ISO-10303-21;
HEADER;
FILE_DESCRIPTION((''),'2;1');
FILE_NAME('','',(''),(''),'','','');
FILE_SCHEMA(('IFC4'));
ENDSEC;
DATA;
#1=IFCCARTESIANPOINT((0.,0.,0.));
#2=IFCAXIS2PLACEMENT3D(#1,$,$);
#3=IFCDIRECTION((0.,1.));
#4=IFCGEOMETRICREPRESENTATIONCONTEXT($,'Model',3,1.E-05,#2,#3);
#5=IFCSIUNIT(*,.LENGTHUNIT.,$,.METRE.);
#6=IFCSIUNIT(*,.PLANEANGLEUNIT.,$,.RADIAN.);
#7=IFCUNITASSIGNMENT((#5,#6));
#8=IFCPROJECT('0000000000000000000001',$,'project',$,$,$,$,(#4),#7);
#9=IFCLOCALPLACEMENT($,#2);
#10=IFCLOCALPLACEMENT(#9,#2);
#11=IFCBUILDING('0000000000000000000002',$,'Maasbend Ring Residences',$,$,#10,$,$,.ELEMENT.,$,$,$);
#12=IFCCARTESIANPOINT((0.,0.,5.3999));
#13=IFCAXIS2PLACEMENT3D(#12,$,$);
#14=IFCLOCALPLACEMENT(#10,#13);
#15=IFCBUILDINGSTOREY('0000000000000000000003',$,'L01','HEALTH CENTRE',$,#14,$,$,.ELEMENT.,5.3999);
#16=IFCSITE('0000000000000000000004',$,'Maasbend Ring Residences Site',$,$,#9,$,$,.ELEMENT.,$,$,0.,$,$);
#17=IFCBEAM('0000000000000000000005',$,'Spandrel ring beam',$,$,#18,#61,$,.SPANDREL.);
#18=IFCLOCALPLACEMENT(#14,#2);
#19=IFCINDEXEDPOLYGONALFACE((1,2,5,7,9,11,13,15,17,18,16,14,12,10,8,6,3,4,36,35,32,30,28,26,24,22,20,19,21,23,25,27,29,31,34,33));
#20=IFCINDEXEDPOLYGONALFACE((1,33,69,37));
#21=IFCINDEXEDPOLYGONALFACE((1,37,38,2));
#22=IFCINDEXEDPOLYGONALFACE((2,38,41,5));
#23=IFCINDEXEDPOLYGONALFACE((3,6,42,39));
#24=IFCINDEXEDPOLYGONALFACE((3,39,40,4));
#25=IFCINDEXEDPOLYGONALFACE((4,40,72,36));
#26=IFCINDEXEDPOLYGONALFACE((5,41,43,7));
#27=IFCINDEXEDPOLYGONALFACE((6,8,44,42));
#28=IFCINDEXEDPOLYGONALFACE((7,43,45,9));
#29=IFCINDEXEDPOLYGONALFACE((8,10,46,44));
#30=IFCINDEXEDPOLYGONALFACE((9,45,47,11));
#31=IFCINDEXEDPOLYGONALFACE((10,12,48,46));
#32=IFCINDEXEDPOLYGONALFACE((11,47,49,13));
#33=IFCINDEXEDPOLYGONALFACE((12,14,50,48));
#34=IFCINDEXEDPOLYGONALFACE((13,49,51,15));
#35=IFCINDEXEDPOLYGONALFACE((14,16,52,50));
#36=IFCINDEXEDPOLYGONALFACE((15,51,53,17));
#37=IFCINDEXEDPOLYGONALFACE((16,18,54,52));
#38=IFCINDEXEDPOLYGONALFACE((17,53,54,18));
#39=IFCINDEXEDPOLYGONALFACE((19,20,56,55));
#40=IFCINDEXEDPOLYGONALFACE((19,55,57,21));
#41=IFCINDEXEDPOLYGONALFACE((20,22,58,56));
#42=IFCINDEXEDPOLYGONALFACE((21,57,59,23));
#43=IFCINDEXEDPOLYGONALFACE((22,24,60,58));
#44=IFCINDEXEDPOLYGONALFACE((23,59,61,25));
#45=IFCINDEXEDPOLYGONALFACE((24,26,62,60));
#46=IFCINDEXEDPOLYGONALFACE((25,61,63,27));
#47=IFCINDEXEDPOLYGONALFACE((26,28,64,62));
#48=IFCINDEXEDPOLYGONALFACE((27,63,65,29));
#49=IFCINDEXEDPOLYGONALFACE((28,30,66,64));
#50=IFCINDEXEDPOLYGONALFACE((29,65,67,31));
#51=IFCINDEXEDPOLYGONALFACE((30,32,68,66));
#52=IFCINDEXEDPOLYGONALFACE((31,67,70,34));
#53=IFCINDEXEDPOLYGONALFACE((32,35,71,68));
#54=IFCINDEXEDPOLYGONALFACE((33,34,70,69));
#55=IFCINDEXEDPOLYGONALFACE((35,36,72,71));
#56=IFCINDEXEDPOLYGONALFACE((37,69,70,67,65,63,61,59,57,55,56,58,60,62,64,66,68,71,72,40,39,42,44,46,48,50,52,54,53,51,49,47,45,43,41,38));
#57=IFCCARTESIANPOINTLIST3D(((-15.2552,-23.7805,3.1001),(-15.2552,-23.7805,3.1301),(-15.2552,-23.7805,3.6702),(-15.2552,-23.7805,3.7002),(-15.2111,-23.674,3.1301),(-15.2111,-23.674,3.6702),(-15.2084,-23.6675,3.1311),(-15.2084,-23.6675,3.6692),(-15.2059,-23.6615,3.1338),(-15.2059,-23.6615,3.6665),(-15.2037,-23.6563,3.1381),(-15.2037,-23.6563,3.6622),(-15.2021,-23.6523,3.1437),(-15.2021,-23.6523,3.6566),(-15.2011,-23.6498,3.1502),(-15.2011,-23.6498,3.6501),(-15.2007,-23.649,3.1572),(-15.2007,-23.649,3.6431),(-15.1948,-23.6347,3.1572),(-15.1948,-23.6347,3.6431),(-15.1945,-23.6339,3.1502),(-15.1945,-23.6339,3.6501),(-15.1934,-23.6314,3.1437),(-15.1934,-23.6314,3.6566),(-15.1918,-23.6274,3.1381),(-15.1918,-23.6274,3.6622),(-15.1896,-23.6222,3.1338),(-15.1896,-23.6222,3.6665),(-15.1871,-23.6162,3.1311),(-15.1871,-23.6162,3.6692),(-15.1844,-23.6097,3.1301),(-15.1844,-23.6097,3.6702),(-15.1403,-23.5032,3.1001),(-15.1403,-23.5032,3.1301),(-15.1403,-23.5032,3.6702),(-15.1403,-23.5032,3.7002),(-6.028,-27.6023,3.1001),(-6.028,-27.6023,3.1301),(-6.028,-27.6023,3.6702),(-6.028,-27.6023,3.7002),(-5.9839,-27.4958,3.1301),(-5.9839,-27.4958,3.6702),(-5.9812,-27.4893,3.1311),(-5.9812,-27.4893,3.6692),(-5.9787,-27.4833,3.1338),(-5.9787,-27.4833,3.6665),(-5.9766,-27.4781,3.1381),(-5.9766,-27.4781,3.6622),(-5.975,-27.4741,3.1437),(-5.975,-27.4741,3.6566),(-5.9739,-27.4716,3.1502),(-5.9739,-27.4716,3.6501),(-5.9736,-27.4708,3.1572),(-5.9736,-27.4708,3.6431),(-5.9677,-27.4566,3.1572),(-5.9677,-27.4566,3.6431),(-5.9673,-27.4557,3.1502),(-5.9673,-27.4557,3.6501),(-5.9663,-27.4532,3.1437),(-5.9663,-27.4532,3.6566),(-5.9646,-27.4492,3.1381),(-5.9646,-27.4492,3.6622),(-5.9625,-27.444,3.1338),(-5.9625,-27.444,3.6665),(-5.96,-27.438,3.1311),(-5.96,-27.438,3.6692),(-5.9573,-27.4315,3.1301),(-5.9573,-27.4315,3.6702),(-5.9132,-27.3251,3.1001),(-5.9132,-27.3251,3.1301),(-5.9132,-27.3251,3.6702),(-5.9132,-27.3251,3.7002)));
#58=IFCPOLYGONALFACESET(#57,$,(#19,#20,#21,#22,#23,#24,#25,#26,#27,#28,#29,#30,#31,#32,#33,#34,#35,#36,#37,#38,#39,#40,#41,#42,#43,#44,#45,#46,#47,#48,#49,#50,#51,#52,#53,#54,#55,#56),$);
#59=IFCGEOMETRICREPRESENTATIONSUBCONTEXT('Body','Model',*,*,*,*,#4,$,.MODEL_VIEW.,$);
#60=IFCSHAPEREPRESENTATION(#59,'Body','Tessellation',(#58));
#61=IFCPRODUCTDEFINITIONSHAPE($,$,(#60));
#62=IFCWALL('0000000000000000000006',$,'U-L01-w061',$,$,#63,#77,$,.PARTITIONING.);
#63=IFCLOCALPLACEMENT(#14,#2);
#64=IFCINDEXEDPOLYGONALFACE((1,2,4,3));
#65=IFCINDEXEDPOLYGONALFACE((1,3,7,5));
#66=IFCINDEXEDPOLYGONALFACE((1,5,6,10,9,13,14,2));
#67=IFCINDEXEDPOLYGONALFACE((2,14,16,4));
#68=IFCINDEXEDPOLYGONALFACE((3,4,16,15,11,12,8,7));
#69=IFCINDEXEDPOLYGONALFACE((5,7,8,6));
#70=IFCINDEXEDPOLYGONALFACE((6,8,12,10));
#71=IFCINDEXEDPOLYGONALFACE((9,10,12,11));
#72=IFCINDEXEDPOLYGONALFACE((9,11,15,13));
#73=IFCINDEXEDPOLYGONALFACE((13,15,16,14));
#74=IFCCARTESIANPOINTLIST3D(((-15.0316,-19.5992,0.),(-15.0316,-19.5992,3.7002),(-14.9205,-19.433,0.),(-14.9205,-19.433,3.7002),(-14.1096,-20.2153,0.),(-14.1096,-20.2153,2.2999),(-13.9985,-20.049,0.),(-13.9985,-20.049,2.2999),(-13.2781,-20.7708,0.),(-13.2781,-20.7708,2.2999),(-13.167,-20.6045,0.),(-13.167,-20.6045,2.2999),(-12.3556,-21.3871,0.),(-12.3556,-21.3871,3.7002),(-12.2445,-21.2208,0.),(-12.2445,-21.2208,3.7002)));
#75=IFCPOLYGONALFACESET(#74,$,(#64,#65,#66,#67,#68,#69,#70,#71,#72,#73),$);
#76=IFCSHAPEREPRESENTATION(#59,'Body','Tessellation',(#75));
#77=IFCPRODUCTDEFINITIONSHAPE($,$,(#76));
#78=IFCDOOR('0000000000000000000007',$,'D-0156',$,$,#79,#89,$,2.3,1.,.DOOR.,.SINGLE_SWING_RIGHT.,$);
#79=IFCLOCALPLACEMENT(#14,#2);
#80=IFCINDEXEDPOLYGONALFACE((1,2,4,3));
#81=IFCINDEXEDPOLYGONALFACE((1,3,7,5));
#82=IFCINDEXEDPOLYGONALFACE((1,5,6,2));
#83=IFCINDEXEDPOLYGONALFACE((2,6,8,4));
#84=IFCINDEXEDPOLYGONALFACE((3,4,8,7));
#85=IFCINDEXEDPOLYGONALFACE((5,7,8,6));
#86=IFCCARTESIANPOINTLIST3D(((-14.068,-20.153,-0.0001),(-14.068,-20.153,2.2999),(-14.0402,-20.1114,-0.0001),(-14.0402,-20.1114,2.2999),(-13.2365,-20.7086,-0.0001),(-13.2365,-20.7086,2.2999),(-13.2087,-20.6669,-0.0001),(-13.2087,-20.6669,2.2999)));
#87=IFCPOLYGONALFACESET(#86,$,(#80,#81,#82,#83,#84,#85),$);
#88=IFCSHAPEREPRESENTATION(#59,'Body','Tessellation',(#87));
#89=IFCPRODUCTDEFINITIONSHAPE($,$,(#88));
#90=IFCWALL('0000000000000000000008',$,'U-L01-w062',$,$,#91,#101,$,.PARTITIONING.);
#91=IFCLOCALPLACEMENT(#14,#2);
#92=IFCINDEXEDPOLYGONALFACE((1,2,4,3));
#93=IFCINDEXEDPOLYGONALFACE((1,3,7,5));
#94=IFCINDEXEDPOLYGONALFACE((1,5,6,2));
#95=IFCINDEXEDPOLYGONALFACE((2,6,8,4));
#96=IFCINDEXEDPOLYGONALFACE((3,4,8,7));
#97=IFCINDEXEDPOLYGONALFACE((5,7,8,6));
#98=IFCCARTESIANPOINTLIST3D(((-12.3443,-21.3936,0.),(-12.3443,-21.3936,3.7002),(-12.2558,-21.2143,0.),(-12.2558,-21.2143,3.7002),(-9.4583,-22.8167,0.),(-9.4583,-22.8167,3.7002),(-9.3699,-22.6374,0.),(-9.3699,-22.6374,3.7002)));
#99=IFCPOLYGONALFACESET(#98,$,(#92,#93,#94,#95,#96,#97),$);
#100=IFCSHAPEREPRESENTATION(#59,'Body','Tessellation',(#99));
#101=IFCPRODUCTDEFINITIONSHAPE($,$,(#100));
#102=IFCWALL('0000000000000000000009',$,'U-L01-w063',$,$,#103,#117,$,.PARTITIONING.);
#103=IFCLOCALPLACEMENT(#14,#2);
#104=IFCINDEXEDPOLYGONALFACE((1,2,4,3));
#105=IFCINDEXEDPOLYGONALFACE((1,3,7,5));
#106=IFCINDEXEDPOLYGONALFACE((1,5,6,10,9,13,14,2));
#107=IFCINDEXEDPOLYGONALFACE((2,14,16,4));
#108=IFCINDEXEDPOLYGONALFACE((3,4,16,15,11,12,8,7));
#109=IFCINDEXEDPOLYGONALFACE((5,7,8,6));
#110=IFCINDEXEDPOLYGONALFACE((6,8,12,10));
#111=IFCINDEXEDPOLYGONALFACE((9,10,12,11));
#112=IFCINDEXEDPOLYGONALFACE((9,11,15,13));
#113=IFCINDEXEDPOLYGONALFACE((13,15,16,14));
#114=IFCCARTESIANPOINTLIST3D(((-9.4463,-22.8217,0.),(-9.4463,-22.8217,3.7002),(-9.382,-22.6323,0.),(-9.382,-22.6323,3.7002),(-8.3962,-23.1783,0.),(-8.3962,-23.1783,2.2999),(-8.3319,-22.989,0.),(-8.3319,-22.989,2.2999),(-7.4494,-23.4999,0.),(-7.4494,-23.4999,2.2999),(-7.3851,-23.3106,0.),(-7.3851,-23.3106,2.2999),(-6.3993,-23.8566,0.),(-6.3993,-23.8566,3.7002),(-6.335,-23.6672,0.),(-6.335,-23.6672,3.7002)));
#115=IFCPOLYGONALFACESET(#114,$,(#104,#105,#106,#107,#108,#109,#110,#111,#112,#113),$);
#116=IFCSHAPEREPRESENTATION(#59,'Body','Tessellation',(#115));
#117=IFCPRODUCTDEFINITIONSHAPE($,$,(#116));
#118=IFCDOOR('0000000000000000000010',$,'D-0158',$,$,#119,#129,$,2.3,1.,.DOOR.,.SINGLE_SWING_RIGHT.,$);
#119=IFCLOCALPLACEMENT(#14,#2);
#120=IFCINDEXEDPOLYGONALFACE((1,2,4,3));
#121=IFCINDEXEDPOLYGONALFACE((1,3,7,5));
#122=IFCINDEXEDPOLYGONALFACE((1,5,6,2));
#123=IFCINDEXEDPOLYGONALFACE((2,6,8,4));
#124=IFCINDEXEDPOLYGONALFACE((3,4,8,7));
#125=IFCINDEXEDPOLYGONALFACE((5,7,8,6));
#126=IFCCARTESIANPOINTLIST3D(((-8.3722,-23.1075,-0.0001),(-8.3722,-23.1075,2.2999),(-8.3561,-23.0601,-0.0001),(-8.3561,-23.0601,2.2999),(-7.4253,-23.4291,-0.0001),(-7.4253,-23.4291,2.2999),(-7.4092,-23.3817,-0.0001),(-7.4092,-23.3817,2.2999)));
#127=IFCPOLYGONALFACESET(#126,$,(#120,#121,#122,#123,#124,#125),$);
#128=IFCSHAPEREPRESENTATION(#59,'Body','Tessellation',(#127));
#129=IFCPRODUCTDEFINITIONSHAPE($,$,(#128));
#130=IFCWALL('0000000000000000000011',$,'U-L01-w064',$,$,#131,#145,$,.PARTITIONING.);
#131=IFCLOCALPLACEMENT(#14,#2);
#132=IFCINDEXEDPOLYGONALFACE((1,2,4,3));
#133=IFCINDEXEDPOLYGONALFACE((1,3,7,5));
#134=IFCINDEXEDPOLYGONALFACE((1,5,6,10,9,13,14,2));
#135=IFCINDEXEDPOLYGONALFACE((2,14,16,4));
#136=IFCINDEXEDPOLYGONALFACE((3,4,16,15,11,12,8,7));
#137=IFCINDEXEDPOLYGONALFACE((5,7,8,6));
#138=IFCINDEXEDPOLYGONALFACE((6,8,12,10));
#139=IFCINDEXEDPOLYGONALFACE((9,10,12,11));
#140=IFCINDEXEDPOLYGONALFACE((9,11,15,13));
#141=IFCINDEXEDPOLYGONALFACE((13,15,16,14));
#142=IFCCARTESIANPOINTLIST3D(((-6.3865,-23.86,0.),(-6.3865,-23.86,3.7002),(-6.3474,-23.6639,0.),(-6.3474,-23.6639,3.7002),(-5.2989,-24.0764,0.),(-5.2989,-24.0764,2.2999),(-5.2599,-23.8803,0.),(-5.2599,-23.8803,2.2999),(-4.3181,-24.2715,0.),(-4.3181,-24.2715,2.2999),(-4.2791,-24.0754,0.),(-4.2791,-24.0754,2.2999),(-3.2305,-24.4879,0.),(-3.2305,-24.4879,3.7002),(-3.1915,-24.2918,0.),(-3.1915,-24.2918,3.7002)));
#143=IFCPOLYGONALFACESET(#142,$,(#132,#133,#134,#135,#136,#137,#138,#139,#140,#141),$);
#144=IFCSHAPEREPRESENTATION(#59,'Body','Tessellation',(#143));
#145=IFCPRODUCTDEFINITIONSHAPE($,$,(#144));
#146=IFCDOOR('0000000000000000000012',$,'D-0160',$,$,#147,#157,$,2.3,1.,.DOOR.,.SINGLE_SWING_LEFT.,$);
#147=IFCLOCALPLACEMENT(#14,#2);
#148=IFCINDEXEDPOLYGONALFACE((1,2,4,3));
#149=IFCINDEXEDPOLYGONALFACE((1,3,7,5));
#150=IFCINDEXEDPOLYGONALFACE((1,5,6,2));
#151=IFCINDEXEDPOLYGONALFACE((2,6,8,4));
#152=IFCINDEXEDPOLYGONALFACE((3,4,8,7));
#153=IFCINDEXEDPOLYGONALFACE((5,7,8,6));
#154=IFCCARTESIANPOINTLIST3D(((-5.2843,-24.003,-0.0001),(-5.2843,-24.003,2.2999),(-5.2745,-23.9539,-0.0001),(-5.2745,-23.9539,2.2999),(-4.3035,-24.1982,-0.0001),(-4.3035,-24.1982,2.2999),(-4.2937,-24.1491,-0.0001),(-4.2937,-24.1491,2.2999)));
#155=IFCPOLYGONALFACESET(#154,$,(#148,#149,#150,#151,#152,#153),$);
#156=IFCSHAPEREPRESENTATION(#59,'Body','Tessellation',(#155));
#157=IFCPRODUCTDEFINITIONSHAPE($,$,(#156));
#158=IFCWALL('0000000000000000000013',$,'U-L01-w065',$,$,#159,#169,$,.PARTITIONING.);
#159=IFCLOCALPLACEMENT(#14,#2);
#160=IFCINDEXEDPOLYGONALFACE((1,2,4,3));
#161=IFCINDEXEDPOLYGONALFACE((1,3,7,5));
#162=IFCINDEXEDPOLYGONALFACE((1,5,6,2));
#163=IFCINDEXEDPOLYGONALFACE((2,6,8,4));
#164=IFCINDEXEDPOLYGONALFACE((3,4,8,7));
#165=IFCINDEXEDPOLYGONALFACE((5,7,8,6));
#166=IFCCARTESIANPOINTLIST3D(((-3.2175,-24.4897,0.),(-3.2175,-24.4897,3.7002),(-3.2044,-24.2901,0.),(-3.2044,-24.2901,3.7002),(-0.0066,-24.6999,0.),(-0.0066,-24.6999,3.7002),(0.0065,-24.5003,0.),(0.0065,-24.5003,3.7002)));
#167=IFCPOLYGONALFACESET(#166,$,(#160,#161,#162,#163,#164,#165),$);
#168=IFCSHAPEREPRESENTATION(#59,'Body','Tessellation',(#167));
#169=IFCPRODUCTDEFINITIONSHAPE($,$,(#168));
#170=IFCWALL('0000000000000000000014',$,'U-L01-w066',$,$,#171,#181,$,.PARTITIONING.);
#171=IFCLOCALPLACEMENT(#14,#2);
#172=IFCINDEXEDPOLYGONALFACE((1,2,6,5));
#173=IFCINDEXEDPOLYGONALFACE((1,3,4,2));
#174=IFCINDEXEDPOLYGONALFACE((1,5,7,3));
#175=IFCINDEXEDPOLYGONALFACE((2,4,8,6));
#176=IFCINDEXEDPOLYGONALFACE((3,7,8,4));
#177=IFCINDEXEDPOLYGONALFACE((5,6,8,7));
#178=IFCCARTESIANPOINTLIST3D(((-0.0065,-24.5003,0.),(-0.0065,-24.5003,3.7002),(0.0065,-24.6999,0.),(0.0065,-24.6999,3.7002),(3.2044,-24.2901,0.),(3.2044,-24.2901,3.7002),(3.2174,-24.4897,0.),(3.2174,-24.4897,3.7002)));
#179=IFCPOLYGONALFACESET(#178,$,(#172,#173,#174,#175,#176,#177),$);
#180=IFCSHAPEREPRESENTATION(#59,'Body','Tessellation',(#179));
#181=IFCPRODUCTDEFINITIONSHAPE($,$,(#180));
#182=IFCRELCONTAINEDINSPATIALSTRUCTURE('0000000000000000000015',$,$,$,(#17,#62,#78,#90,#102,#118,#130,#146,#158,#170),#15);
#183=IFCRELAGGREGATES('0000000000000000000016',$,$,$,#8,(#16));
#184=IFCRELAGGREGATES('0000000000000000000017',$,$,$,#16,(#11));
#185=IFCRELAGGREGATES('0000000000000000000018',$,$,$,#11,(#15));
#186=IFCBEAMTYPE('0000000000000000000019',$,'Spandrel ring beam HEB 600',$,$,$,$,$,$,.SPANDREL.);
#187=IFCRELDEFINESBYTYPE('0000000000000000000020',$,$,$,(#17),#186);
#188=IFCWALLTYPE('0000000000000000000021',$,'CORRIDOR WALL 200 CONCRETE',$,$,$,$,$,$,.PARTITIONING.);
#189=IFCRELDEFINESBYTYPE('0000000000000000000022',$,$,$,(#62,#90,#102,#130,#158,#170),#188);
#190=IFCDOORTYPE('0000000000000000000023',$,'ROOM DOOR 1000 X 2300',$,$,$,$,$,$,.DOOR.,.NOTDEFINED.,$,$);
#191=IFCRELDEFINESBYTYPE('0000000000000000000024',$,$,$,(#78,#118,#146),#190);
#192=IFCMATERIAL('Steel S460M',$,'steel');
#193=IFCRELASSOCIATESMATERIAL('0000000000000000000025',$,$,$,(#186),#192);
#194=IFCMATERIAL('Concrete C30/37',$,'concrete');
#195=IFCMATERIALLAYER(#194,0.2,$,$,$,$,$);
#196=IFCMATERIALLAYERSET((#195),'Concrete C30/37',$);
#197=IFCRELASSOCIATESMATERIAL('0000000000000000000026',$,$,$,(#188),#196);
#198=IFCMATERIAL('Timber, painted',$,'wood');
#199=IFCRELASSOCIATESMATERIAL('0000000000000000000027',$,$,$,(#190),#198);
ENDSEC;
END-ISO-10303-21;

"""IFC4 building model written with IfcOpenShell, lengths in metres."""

from ifc_helpers import new_model, si_unit, direction, frame, frame_2d, origin, origin_2d, place, context, subcontext, project, spatial, rectangle, i_section, extrude, material, layer, layer_set, material_profile, profile_set, type_object, element, fill, save


model = new_model("IFC4")

# Units and contexts
model_context = context("Model", 3, precision=1e-05, world=origin(), true_north=direction((0.0, 1.0)))
body_context = subcontext(model_context, "Body", "Model", "MODEL_VIEW")
ifc_project = project(units=[si_unit("LENGTHUNIT", "METRE"), si_unit("PLANEANGLEUNIT", "RADIAN")], contexts=[model_context])

# Site, building, storey
site_placement = place(None, origin())
site = spatial("IfcSite", under=ifc_project, at=site_placement, Name="Maasbend Ring Residences Site", CompositionType="ELEMENT", RefElevation=0.0)
building_placement = place(site_placement, origin())
building = spatial("IfcBuilding", under=site, at=building_placement, Name="Maasbend Ring Residences", CompositionType="ELEMENT")
storey_placement = place(building_placement, frame((0.0, 0.0, 5.3999)))
storey = spatial("IfcBuildingStorey", under=building, at=storey_placement, Name="L01", Description="HEALTH CENTRE", CompositionType="ELEMENT", Elevation=5.3999)

# Beam
ifc_material_1 = material(Name="Steel S460M", Category="steel")
ifc_material_profile_1 = material_profile(ifc_material_1, i_section(OverallWidth=0.3, OverallDepth=0.6001, WebThickness=0.0154, FlangeThickness=0.03, FilletRadius=0.0271, at=origin_2d()), Name="HEB 600")
ifc_profile_set_1 = profile_set([ifc_material_profile_1], Name="Steel S460M")
beam_type_1 = type_object("IfcBeamType", Name="Spandrel ring beam HEB 600", PredefinedType="SPANDREL", material=ifc_profile_set_1)
beam_1_placement = place(storey_placement, frame((-15.1978, -23.6418, 3.4001), z_axis=(0.923886, -0.382667, 0.0), x_axis=(0.382667, 0.923886, 0.0)))
element("IfcBeam", 1, at=beam_1_placement, inside=storey, type_object=beam_type_1, Name="Spandrel ring beam", PredefinedType="SPANDREL", context=body_context, shape_type="SweptSolid", body=[
    extrude(i_section(OverallWidth=0.3, OverallDepth=0.6001, WebThickness=0.0154, FlangeThickness=0.03, FilletRadius=0.0271, at=origin_2d()), origin(), (0.0, 0.0, 1.0), 9.9873),
])

# Wall, opening, door
ifc_material_2 = material(Name="Concrete C30/37", Category="concrete")
ifc_layer_1 = layer(ifc_material_2, 0.2)
ifc_layer_set_1 = layer_set([ifc_layer_1], Name="Concrete C30/37")
wall_type_1 = type_object("IfcWallType", Name="CORRIDOR WALL 200 CONCRETE", PredefinedType="PARTITIONING", material=ifc_layer_set_1)
wall_1_placement = place(storey_placement, frame((-14.9761, -19.5161, 0.0), z_axis=(0.0, 0.0, 1.0), x_axis=(0.831501, -0.555523, 0.0)))
wall_1 = element("IfcWall", 2, at=wall_1_placement, inside=storey, type_object=wall_type_1, Name="U-L01-w061", PredefinedType="PARTITIONING", context=body_context, shape_type="SweptSolid", body=[
    extrude(rectangle(XDim=3.2183, YDim=0.2, at=frame_2d((1.6091, 0.0))), origin(), (0.0, 0.0, 1.0), 3.7002),
])
opening_1_placement = place(wall_1_placement, frame((1.1089, 0.0, 0.0)))
opening_1 = element("IfcOpeningElement", 3, at=opening_1_placement, cuts=wall_1, PredefinedType="OPENING", context=body_context, shape_type="SweptSolid", body=[
    extrude(rectangle(XDim=1.0, YDim=2.3, at=frame_2d((0.5, 1.1499))), frame((0.0, 0.1099, 0.0), z_axis=(0.0, -1.0, 0.0), x_axis=(1.0, 0.0, 0.0)), (0.0, 0.0, 1.0), 0.22),
])
ifc_material_3 = material(Name="Timber, painted", Category="wood")
door_type = type_object("IfcDoorType", Name="ROOM DOOR 1000 X 2300", OperationType="NOTDEFINED", PredefinedType="DOOR", material=ifc_material_3)
door_1_placement = place(opening_1_placement, origin())
door_1 = element("IfcDoor", 4, at=door_1_placement, inside=storey, type_object=door_type, Name="D-0156", OperationType="SINGLE_SWING_RIGHT", OverallHeight=2.3, OverallWidth=1.0, PredefinedType="DOOR", context=body_context, shape_type="SweptSolid", body=[
    extrude(rectangle(XDim=1.0, YDim=2.3, at=frame_2d((0.5, 1.1499))), frame((0.0, 0.0249, 0.0), z_axis=(0.0, -1.0, 0.0), x_axis=(1.0, 0.0, 0.0)), (0.0, 0.0, 1.0), 0.05),
])
fill(opening_1, door_1)

# Wall
wall_2_placement = place(storey_placement, frame((-12.3, -21.304, 0.0), z_axis=(0.0, 0.0, 1.0), x_axis=(0.896887, -0.44226, 0.0)))
element("IfcWall", 5, at=wall_2_placement, inside=storey, type_object=wall_type_1, Name="U-L01-w062", PredefinedType="PARTITIONING", context=body_context, shape_type="SweptSolid", body=[
    extrude(rectangle(XDim=3.2178, YDim=0.2, at=frame_2d((1.6089, 0.0))), origin(), (0.0, 0.0, 1.0), 3.7002),
])

# Walls, openings, doors
wall_3_placement = place(storey_placement, frame((-9.4141, -22.7271, 0.0), z_axis=(0.0, 0.0, 1.0), x_axis=(0.946878, -0.321594, 0.0)))
wall_3 = element("IfcWall", 6, at=wall_3_placement, inside=storey, type_object=wall_type_1, Name="U-L01-w063", PredefinedType="PARTITIONING", context=body_context, shape_type="SweptSolid", body=[
    extrude(rectangle(XDim=3.218, YDim=0.2, at=frame_2d((1.6089, 0.0))), origin(), (0.0, 0.0, 1.0), 3.7002),
])
opening_2_placement = place(wall_3_placement, frame((1.1089, 0.0, 0.0)))
opening_2 = element("IfcOpeningElement", 7, at=opening_2_placement, cuts=wall_3, PredefinedType="OPENING", context=body_context, shape_type="SweptSolid", body=[
    extrude(rectangle(XDim=1.0, YDim=2.3, at=frame_2d((0.5, 1.1499))), frame((0.0, 0.1099, 0.0), z_axis=(0.0, -1.0, 0.0), x_axis=(1.0, 0.0, 0.0)), (0.0, 0.0, 1.0), 0.22),
])
door_2_placement = place(opening_2_placement, origin())
door_2 = element("IfcDoor", 8, at=door_2_placement, inside=storey, type_object=door_type, Name="D-0158", OperationType="SINGLE_SWING_RIGHT", OverallHeight=2.3, OverallWidth=1.0, PredefinedType="DOOR", context=body_context, shape_type="SweptSolid", body=[
    extrude(rectangle(XDim=1.0, YDim=2.3, at=frame_2d((0.5, 1.1499))), frame((0.0, 0.0249, 0.0), z_axis=(0.0, -1.0, 0.0), x_axis=(1.0, 0.0, 0.0)), (0.0, 0.0, 1.0), 0.05),
])
fill(opening_2, door_2)
wall_4_placement = place(storey_placement, frame((-6.3669, -23.762, 0.0), z_axis=(0.0, 0.0, 1.0), x_axis=(0.980776, -0.195138, 0.0)))
wall_4 = element("IfcWall", 9, at=wall_4_placement, inside=storey, type_object=wall_type_1, Name="U-L01-w064", PredefinedType="PARTITIONING", context=body_context, shape_type="SweptSolid", body=[
    extrude(rectangle(XDim=3.2178, YDim=0.2, at=frame_2d((1.6089, 0.0))), origin(), (0.0, 0.0, 1.0), 3.7002),
])
opening_3_placement = place(wall_4_placement, frame((1.1089, 0.0, 0.0)))
opening_3 = element("IfcOpeningElement", 10, at=opening_3_placement, cuts=wall_4, PredefinedType="OPENING", context=body_context, shape_type="SweptSolid", body=[
    extrude(rectangle(XDim=1.0, YDim=2.3, at=frame_2d((0.5, 1.1499))), frame((0.0, 0.1099, 0.0), z_axis=(0.0, -1.0, 0.0), x_axis=(1.0, 0.0, 0.0)), (0.0, 0.0, 1.0), 0.22),
])
door_3_placement = place(opening_3_placement, origin())
door_3 = element("IfcDoor", 11, at=door_3_placement, inside=storey, type_object=door_type, Name="D-0160", OperationType="SINGLE_SWING_LEFT", OverallHeight=2.3, OverallWidth=1.0, PredefinedType="DOOR", context=body_context, shape_type="SweptSolid", body=[
    extrude(rectangle(XDim=1.0, YDim=2.3, at=frame_2d((0.5, 1.1499))), frame((0.0, 0.0249, 0.0), z_axis=(0.0, -1.0, 0.0), x_axis=(1.0, 0.0, 0.0)), (0.0, 0.0, 1.0), 0.05),
])
fill(opening_3, door_3)

# Walls
for number, where, z_axis, x_axis, name in (
    (12, (-3.2109, -24.3899, 0.0), (0.0, 0.0, 1.0), (0.997864, -0.065325, 0.0), "U-L01-w065"),
    (13, (0.0, -24.6001, 0.0), (0.0, 0.0, 1.0), (0.997864, 0.065325, 0.0), "U-L01-w066"),
):
    element("IfcWall", number, at=place(storey_placement, frame(where, z_axis=z_axis, x_axis=x_axis)), inside=storey, type_object=wall_type_1, Name=name, PredefinedType="PARTITIONING", context=body_context, shape_type="SweptSolid", body=[
        extrude(rectangle(XDim=3.2178, YDim=0.2, at=frame_2d((1.6089, 0.0))), origin(), (0.0, 0.0, 1.0), 3.7002),
    ])

save(model, "model.ifc")
